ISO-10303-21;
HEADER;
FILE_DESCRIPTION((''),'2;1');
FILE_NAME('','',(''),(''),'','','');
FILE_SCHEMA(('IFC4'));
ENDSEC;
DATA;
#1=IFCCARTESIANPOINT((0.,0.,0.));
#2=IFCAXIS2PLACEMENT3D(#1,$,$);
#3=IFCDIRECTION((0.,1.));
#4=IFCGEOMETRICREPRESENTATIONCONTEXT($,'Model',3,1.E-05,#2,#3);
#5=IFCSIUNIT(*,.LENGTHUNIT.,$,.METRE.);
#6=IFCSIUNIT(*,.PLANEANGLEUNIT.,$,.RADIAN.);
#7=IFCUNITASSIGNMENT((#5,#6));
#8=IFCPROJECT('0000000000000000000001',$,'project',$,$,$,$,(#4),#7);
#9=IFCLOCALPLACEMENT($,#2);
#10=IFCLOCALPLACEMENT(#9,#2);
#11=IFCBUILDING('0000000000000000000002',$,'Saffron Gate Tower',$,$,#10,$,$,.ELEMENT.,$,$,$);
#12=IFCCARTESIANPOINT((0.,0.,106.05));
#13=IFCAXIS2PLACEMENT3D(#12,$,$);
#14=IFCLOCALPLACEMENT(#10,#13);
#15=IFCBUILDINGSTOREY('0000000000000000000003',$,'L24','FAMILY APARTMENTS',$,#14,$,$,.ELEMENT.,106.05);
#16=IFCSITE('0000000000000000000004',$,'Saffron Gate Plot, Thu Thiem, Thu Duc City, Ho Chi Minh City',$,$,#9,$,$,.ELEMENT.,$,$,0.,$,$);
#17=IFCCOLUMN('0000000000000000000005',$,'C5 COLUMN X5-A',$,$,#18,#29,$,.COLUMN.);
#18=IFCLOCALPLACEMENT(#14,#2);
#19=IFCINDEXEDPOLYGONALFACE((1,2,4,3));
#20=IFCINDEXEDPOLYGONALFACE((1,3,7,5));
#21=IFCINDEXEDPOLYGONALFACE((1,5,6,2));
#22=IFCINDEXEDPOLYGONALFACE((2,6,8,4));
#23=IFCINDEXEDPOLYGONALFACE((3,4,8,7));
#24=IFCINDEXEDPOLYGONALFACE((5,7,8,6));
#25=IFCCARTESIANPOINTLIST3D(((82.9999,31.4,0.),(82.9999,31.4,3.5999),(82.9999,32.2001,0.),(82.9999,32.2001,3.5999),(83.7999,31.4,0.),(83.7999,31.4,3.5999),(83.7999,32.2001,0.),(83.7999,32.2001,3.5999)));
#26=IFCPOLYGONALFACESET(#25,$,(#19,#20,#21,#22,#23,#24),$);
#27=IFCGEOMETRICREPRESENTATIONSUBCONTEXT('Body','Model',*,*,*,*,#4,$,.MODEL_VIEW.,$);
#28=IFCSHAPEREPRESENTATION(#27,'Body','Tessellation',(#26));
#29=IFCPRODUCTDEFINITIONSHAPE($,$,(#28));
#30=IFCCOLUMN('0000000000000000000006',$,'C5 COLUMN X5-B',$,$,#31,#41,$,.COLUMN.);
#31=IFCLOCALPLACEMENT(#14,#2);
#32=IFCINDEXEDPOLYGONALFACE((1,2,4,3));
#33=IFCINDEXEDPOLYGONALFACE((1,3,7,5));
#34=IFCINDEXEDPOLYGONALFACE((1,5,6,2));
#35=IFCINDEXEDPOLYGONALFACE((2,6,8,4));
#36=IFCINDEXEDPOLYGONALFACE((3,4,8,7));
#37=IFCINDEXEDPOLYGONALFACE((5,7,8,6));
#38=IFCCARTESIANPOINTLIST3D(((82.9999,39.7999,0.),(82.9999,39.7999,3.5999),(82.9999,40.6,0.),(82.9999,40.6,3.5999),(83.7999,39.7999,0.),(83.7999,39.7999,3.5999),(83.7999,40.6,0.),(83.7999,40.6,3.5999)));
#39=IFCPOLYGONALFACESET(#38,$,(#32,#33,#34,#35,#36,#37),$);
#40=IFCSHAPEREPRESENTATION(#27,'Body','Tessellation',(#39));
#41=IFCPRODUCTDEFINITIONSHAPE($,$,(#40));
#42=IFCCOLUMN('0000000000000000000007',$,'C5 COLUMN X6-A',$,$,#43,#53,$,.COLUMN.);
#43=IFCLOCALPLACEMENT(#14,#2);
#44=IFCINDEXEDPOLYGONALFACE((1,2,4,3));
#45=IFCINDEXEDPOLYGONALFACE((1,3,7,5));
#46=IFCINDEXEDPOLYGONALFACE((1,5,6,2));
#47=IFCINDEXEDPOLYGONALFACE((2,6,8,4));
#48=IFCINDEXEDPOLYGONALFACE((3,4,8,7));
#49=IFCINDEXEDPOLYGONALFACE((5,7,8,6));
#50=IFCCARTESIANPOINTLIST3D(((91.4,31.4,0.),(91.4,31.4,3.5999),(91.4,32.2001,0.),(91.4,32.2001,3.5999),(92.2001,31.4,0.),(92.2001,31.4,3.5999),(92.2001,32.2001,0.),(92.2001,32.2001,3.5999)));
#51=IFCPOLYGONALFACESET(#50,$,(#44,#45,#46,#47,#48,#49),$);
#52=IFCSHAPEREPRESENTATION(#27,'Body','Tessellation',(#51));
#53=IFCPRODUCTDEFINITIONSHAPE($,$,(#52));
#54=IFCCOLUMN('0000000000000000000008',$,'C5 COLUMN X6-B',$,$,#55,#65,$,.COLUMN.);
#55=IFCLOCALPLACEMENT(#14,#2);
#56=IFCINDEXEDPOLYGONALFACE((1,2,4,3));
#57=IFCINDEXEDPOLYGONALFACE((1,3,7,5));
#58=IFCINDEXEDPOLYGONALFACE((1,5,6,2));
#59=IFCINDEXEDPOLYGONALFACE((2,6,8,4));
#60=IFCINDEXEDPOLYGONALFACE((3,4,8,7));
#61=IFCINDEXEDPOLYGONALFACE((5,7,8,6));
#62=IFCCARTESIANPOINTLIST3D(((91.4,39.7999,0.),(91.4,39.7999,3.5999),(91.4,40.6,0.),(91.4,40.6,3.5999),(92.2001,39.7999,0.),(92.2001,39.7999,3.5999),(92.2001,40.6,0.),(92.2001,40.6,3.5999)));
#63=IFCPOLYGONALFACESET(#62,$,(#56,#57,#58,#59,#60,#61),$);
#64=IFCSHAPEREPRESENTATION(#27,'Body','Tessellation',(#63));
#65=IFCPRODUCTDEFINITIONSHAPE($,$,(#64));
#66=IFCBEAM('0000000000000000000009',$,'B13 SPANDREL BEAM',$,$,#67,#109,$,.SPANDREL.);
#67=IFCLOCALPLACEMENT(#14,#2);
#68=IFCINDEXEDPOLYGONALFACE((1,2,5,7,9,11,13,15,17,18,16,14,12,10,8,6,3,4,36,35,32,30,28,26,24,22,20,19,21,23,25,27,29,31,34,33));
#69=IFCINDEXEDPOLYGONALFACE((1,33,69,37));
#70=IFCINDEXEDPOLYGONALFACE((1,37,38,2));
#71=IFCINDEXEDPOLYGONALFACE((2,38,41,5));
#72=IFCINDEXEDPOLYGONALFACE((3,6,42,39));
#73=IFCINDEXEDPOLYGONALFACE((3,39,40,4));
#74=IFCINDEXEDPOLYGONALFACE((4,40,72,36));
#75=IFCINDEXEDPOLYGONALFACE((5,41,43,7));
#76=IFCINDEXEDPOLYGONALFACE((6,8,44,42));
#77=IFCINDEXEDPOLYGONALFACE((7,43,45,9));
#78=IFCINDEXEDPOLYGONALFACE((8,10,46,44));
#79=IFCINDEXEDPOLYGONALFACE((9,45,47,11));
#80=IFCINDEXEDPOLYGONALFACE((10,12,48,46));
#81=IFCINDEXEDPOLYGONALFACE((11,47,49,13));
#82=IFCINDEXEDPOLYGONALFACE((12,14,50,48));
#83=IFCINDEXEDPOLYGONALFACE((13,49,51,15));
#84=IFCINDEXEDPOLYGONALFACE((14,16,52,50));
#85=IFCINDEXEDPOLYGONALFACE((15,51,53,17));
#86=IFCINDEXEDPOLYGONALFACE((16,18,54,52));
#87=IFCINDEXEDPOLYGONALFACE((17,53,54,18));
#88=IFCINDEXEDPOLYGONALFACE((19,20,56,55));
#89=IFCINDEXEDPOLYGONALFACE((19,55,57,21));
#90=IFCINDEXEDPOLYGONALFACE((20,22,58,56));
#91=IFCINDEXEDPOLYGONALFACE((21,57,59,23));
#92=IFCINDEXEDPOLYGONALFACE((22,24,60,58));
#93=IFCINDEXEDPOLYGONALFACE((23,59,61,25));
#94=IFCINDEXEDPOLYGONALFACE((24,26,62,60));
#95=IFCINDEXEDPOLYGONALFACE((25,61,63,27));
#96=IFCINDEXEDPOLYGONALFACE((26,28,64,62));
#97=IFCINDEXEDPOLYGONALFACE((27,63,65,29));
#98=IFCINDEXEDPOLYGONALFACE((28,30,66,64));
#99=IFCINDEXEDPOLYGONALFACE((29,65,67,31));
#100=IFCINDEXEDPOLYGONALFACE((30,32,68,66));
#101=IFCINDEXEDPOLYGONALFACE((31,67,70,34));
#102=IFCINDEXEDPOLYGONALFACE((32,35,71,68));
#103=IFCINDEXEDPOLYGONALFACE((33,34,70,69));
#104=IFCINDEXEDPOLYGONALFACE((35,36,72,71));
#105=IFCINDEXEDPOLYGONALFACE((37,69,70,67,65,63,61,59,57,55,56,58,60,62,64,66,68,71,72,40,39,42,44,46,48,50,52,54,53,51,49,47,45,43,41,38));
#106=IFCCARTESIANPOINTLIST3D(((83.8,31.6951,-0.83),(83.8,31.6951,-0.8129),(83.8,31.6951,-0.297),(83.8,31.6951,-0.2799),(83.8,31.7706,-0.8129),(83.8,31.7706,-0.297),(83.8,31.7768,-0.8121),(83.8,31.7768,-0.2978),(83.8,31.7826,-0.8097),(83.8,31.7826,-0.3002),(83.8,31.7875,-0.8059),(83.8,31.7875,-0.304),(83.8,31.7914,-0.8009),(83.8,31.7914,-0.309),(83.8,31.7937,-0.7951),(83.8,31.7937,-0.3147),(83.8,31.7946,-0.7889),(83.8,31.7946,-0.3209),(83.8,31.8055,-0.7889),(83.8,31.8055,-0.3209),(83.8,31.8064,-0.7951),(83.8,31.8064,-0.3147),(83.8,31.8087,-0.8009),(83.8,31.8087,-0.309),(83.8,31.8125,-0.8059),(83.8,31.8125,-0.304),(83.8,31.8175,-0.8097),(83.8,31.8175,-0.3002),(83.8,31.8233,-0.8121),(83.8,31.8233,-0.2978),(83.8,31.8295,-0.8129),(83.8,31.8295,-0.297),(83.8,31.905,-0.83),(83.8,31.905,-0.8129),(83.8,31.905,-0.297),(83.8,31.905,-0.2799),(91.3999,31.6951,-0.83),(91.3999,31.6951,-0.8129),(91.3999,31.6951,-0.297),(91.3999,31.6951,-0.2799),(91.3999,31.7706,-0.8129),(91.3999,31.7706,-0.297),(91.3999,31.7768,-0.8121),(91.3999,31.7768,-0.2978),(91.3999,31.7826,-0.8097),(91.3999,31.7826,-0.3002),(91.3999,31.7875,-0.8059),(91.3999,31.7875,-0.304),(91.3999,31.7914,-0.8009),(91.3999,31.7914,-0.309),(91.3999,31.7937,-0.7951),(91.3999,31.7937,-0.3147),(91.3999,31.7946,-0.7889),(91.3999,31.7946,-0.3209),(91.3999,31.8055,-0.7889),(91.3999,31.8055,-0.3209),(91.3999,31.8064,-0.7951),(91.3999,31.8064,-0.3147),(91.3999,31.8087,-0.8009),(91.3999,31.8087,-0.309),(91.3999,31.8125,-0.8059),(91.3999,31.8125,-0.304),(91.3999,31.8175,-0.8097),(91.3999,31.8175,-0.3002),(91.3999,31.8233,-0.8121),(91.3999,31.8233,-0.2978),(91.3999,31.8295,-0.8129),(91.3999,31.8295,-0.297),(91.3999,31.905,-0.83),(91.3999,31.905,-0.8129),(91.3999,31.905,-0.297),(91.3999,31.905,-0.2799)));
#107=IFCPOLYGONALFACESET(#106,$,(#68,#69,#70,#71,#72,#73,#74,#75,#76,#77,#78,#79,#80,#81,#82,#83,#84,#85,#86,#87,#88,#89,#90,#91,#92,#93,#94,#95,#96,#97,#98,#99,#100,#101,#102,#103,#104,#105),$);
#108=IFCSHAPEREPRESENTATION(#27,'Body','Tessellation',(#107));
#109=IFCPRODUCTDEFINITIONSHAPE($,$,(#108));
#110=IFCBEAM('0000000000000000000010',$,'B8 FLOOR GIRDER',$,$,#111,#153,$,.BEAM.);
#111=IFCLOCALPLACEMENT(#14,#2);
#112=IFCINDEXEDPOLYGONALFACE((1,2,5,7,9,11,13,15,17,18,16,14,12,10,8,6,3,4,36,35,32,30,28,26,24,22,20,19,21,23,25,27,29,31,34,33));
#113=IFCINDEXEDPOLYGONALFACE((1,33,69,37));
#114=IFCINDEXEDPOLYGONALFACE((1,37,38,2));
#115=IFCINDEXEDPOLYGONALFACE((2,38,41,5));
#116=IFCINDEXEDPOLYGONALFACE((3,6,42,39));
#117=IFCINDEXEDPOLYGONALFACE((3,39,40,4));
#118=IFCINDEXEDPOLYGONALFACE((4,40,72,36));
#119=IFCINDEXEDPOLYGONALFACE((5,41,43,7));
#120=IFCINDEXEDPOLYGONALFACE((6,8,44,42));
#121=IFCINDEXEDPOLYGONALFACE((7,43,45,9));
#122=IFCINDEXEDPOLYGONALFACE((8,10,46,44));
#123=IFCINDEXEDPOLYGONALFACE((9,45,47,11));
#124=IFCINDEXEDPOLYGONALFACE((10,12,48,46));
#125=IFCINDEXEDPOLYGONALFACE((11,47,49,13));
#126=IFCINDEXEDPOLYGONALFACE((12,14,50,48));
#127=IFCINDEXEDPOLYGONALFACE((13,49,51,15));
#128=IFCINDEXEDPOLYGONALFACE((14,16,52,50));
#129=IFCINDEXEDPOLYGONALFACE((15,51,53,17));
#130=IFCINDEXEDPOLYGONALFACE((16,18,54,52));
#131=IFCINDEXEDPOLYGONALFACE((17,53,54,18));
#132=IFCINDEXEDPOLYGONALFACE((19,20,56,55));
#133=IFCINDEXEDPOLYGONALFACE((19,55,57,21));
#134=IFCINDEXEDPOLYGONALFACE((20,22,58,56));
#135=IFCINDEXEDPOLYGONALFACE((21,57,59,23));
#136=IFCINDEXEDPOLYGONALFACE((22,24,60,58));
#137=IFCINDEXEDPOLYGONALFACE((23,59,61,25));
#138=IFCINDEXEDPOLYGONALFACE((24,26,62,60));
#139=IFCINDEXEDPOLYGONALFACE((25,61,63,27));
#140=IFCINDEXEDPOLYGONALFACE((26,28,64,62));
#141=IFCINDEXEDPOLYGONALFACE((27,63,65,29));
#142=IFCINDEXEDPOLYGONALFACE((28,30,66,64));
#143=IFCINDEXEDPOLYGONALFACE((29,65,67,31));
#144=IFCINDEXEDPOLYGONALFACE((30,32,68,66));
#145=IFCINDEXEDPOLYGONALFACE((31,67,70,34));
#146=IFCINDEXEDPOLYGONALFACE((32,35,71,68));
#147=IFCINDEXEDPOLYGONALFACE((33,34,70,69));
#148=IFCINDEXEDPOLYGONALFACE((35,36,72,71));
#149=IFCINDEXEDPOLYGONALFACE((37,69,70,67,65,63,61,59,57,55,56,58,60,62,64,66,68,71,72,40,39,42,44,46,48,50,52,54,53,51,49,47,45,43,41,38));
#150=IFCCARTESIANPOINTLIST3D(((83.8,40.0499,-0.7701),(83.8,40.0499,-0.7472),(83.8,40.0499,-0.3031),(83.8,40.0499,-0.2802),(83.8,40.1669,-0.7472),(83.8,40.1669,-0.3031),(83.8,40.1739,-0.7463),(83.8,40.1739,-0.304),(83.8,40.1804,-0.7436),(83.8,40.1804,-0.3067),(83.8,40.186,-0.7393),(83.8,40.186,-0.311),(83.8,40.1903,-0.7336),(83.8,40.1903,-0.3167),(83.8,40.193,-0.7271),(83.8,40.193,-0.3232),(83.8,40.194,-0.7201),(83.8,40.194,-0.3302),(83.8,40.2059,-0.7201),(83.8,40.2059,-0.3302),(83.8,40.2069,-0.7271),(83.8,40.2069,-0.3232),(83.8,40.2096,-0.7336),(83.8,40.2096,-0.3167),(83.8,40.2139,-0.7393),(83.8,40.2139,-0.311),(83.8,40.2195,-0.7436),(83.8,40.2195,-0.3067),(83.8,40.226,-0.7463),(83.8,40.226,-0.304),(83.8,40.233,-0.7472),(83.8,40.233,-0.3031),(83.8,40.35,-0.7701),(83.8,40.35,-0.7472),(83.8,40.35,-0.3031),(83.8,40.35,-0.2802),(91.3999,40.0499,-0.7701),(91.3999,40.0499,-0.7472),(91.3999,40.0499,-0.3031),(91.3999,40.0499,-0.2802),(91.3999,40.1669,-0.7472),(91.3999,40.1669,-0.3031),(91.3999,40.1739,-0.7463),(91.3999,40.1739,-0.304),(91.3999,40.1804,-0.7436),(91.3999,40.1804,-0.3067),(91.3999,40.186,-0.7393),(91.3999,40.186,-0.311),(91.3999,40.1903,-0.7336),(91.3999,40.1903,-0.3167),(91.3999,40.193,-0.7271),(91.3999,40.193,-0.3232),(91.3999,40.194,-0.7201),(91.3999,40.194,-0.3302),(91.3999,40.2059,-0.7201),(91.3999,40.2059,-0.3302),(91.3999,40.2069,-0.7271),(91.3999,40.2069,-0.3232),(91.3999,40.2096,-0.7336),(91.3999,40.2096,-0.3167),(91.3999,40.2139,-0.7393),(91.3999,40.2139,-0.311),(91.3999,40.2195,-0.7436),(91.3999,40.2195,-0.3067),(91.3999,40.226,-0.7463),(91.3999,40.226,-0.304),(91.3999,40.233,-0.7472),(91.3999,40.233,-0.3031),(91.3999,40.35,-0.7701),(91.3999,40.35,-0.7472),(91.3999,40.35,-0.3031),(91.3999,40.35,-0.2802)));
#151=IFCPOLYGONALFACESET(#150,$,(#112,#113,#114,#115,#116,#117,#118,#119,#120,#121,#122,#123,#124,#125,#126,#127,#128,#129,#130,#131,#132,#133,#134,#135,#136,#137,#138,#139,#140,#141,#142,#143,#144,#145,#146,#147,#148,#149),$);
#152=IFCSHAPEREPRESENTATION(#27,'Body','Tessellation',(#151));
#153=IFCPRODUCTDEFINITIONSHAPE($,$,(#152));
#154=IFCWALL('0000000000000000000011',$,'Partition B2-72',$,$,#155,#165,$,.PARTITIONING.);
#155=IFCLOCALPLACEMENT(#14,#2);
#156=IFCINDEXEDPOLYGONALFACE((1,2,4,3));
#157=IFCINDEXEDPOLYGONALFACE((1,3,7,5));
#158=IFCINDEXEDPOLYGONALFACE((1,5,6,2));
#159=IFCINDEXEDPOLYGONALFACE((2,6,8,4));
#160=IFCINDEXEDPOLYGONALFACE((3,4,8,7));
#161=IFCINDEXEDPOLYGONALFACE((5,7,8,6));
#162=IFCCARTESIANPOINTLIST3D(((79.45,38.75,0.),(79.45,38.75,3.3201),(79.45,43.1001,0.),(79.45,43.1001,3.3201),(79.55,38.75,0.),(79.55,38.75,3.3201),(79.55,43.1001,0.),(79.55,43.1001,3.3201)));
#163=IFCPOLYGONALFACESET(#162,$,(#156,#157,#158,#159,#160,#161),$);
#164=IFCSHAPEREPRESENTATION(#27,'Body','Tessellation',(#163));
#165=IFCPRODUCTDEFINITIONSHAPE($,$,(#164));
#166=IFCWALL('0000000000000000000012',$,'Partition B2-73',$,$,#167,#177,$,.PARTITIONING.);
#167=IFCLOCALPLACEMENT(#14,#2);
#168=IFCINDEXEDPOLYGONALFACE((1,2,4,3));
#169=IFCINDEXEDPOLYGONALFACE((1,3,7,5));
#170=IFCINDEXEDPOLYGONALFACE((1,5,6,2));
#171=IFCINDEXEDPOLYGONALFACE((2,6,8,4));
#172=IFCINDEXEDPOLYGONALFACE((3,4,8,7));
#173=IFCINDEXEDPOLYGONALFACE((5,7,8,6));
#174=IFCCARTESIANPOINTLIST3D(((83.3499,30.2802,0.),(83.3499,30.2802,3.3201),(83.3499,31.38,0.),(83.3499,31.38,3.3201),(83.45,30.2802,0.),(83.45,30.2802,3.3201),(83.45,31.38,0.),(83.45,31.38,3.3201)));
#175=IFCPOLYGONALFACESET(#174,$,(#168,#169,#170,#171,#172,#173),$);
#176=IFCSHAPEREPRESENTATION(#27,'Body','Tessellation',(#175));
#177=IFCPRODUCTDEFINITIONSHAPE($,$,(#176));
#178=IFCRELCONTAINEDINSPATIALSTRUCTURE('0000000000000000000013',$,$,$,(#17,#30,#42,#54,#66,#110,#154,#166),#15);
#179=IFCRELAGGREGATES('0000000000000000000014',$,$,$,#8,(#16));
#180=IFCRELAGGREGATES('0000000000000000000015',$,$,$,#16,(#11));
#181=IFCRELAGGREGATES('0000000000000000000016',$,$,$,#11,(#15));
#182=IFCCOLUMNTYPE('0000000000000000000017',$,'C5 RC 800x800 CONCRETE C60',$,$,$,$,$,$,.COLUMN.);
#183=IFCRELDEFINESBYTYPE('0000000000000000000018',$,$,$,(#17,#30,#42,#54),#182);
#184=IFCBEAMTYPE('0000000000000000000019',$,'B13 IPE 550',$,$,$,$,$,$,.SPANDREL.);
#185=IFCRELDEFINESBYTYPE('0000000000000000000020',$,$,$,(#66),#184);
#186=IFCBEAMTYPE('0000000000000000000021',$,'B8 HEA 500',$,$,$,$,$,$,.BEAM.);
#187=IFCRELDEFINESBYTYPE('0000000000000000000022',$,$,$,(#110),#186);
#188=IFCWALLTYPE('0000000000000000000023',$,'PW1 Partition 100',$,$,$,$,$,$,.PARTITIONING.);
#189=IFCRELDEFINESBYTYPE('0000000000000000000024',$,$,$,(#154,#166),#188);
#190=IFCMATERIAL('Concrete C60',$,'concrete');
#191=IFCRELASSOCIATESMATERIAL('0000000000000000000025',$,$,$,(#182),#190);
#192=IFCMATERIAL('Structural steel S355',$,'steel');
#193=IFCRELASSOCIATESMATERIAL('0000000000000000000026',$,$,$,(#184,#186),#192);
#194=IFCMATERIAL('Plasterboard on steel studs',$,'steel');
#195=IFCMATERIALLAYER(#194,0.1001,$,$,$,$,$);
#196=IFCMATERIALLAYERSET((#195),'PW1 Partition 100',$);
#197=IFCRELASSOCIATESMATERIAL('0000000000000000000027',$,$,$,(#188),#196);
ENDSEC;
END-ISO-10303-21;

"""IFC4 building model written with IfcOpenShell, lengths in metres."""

from ifc_helpers import new_model, si_unit, direction, frame, frame_2d, origin, origin_2d, place, context, subcontext, project, spatial, rectangle, i_section, extrude, material, layer, layer_set, material_profile, profile_set, type_object, element, save


model = new_model("IFC4")

# Units and contexts
model_context = context("Model", 3, precision=1e-05, world=origin(), true_north=direction((0.0, 1.0)))
body_context = subcontext(model_context, "Body", "Model", "MODEL_VIEW")
ifc_project = project(units=[si_unit("LENGTHUNIT", "METRE"), si_unit("PLANEANGLEUNIT", "RADIAN")], contexts=[model_context])

# Site, building, storey
site_placement = place(None, origin())
site = spatial("IfcSite", under=ifc_project, at=site_placement, Name="Saffron Gate Plot, Thu Thiem, Thu Duc City, Ho Chi Minh City", CompositionType="ELEMENT", RefElevation=0.0)
building_placement = place(site_placement, origin())
building = spatial("IfcBuilding", under=site, at=building_placement, Name="Saffron Gate Tower", CompositionType="ELEMENT")
storey_placement = place(building_placement, frame((0.0, 0.0, 106.05)))
storey = spatial("IfcBuildingStorey", under=building, at=storey_placement, Name="L24", Description="FAMILY APARTMENTS", CompositionType="ELEMENT", Elevation=106.05)

# Columns
ifc_material_1 = material(Name="Concrete C60", Category="concrete")
ifc_material_profile_1 = material_profile(ifc_material_1, rectangle(XDim=0.8, YDim=0.8, at=origin_2d()))
ifc_profile_set_1 = profile_set([ifc_material_profile_1], Name="Concrete C60")
column_type = type_object("IfcColumnType", Name="C5 RC 800x800 CONCRETE C60", PredefinedType="COLUMN", material=ifc_profile_set_1)
for number, where, z_axis, x_axis, name in (
    (1, (83.3999, 31.8, 0.0), (0.0, 0.0, 1.0), (1.0, 0.0, 0.0), "C5 COLUMN X5-A"),
    (2, (83.3999, 40.2, 0.0), (0.0, 0.0, 1.0), (1.0, 0.0, 0.0), "C5 COLUMN X5-B"),
    (3, (91.8, 31.8, 0.0), (0.0, 0.0, 1.0), (1.0, 0.0, 0.0), "C5 COLUMN X6-A"),
    (4, (91.8, 40.2, 0.0), (0.0, 0.0, 1.0), (1.0, 0.0, 0.0), "C5 COLUMN X6-B"),
):
    element("IfcColumn", number, at=place(storey_placement, frame(where, z_axis=z_axis, x_axis=x_axis)), inside=storey, type_object=column_type, Name=name, PredefinedType="COLUMN", context=body_context, shape_type="SweptSolid", body=[
        extrude(rectangle(XDim=0.8, YDim=0.8, at=origin_2d()), origin(), (0.0, 0.0, 1.0), 3.5999),
    ])

# Beams
ifc_material_2 = material(Name="Structural steel S355", Category="steel")
ifc_material_profile_2 = material_profile(ifc_material_2, i_section(OverallWidth=0.21, OverallDepth=0.55, WebThickness=0.011, FlangeThickness=0.0171, FilletRadius=0.0239, at=origin_2d()))
ifc_profile_set_2 = profile_set([ifc_material_profile_2], Name="Structural steel S355")
beam_type_1 = type_object("IfcBeamType", Name="B13 IPE 550", PredefinedType="SPANDREL", material=ifc_profile_set_2)
beam_1_placement = place(storey_placement, frame((83.8, 31.8, -0.5549), z_axis=(1.0, 0.0, 0.0), x_axis=(0.0, 1.0, 0.0)))
element("IfcBeam", 5, at=beam_1_placement, inside=storey, type_object=beam_type_1, Name="B13 SPANDREL BEAM", PredefinedType="SPANDREL", context=body_context, shape_type="SweptSolid", body=[
    extrude(i_section(OverallWidth=0.21, OverallDepth=0.55, WebThickness=0.011, FlangeThickness=0.0171, FilletRadius=0.0239, at=origin_2d()), origin(), (0.0, 0.0, 1.0), 7.5999),
])
ifc_material_profile_3 = material_profile(ifc_material_2, i_section(OverallWidth=0.3, OverallDepth=0.49, WebThickness=0.012, FlangeThickness=0.0229, FilletRadius=0.0271, at=origin_2d()))
ifc_profile_set_3 = profile_set([ifc_material_profile_3], Name="Structural steel S355")
beam_type_2 = type_object("IfcBeamType", Name="B8 HEA 500", PredefinedType="BEAM", material=ifc_profile_set_3)
beam_2_placement = place(storey_placement, frame((83.8, 40.2, -0.5251), z_axis=(1.0, 0.0, 0.0), x_axis=(0.0, 1.0, 0.0)))
element("IfcBeam", 6, at=beam_2_placement, inside=storey, type_object=beam_type_2, Name="B8 FLOOR GIRDER", PredefinedType="BEAM", context=body_context, shape_type="SweptSolid", body=[
    extrude(i_section(OverallWidth=0.3, OverallDepth=0.49, WebThickness=0.012, FlangeThickness=0.0229, FilletRadius=0.0271, at=origin_2d()), origin(), (0.0, 0.0, 1.0), 7.5999),
])

# Walls
ifc_material_3 = material(Name="Plasterboard on steel studs", Category="steel")
ifc_layer = layer(ifc_material_3, 0.1001)
ifc_layer_set = layer_set([ifc_layer], Name="PW1 Partition 100")
wall_type = type_object("IfcWallType", Name="PW1 Partition 100", PredefinedType="PARTITIONING", material=ifc_layer_set)
wall_1_placement = place(storey_placement, frame((79.5, 43.1001, 0.0), z_axis=(0.0, 0.0, 1.0), x_axis=(0.0, -1.0, 0.0)))
element("IfcWall", 7, at=wall_1_placement, inside=storey, type_object=wall_type, Name="Partition B2-72", PredefinedType="PARTITIONING", context=body_context, shape_type="SweptSolid", body=[
    extrude(rectangle(XDim=4.3501, YDim=0.1001, at=frame_2d((2.175, 0.0))), origin(), (0.0, 0.0, 1.0), 3.3201),
])
wall_2_placement = place(storey_placement, frame((83.3999, 31.3799, 0.0), z_axis=(0.0, 0.0, 1.0), x_axis=(0.0, -1.0, 0.0)))
element("IfcWall", 8, at=wall_2_placement, inside=storey, type_object=wall_type, Name="Partition B2-73", PredefinedType="PARTITIONING", context=body_context, shape_type="SweptSolid", body=[
    extrude(rectangle(XDim=1.0999, YDim=0.1001, at=frame_2d((0.5498, 0.0))), origin(), (0.0, 0.0, 1.0), 3.3201),
])

save(model, "model.ifc")
